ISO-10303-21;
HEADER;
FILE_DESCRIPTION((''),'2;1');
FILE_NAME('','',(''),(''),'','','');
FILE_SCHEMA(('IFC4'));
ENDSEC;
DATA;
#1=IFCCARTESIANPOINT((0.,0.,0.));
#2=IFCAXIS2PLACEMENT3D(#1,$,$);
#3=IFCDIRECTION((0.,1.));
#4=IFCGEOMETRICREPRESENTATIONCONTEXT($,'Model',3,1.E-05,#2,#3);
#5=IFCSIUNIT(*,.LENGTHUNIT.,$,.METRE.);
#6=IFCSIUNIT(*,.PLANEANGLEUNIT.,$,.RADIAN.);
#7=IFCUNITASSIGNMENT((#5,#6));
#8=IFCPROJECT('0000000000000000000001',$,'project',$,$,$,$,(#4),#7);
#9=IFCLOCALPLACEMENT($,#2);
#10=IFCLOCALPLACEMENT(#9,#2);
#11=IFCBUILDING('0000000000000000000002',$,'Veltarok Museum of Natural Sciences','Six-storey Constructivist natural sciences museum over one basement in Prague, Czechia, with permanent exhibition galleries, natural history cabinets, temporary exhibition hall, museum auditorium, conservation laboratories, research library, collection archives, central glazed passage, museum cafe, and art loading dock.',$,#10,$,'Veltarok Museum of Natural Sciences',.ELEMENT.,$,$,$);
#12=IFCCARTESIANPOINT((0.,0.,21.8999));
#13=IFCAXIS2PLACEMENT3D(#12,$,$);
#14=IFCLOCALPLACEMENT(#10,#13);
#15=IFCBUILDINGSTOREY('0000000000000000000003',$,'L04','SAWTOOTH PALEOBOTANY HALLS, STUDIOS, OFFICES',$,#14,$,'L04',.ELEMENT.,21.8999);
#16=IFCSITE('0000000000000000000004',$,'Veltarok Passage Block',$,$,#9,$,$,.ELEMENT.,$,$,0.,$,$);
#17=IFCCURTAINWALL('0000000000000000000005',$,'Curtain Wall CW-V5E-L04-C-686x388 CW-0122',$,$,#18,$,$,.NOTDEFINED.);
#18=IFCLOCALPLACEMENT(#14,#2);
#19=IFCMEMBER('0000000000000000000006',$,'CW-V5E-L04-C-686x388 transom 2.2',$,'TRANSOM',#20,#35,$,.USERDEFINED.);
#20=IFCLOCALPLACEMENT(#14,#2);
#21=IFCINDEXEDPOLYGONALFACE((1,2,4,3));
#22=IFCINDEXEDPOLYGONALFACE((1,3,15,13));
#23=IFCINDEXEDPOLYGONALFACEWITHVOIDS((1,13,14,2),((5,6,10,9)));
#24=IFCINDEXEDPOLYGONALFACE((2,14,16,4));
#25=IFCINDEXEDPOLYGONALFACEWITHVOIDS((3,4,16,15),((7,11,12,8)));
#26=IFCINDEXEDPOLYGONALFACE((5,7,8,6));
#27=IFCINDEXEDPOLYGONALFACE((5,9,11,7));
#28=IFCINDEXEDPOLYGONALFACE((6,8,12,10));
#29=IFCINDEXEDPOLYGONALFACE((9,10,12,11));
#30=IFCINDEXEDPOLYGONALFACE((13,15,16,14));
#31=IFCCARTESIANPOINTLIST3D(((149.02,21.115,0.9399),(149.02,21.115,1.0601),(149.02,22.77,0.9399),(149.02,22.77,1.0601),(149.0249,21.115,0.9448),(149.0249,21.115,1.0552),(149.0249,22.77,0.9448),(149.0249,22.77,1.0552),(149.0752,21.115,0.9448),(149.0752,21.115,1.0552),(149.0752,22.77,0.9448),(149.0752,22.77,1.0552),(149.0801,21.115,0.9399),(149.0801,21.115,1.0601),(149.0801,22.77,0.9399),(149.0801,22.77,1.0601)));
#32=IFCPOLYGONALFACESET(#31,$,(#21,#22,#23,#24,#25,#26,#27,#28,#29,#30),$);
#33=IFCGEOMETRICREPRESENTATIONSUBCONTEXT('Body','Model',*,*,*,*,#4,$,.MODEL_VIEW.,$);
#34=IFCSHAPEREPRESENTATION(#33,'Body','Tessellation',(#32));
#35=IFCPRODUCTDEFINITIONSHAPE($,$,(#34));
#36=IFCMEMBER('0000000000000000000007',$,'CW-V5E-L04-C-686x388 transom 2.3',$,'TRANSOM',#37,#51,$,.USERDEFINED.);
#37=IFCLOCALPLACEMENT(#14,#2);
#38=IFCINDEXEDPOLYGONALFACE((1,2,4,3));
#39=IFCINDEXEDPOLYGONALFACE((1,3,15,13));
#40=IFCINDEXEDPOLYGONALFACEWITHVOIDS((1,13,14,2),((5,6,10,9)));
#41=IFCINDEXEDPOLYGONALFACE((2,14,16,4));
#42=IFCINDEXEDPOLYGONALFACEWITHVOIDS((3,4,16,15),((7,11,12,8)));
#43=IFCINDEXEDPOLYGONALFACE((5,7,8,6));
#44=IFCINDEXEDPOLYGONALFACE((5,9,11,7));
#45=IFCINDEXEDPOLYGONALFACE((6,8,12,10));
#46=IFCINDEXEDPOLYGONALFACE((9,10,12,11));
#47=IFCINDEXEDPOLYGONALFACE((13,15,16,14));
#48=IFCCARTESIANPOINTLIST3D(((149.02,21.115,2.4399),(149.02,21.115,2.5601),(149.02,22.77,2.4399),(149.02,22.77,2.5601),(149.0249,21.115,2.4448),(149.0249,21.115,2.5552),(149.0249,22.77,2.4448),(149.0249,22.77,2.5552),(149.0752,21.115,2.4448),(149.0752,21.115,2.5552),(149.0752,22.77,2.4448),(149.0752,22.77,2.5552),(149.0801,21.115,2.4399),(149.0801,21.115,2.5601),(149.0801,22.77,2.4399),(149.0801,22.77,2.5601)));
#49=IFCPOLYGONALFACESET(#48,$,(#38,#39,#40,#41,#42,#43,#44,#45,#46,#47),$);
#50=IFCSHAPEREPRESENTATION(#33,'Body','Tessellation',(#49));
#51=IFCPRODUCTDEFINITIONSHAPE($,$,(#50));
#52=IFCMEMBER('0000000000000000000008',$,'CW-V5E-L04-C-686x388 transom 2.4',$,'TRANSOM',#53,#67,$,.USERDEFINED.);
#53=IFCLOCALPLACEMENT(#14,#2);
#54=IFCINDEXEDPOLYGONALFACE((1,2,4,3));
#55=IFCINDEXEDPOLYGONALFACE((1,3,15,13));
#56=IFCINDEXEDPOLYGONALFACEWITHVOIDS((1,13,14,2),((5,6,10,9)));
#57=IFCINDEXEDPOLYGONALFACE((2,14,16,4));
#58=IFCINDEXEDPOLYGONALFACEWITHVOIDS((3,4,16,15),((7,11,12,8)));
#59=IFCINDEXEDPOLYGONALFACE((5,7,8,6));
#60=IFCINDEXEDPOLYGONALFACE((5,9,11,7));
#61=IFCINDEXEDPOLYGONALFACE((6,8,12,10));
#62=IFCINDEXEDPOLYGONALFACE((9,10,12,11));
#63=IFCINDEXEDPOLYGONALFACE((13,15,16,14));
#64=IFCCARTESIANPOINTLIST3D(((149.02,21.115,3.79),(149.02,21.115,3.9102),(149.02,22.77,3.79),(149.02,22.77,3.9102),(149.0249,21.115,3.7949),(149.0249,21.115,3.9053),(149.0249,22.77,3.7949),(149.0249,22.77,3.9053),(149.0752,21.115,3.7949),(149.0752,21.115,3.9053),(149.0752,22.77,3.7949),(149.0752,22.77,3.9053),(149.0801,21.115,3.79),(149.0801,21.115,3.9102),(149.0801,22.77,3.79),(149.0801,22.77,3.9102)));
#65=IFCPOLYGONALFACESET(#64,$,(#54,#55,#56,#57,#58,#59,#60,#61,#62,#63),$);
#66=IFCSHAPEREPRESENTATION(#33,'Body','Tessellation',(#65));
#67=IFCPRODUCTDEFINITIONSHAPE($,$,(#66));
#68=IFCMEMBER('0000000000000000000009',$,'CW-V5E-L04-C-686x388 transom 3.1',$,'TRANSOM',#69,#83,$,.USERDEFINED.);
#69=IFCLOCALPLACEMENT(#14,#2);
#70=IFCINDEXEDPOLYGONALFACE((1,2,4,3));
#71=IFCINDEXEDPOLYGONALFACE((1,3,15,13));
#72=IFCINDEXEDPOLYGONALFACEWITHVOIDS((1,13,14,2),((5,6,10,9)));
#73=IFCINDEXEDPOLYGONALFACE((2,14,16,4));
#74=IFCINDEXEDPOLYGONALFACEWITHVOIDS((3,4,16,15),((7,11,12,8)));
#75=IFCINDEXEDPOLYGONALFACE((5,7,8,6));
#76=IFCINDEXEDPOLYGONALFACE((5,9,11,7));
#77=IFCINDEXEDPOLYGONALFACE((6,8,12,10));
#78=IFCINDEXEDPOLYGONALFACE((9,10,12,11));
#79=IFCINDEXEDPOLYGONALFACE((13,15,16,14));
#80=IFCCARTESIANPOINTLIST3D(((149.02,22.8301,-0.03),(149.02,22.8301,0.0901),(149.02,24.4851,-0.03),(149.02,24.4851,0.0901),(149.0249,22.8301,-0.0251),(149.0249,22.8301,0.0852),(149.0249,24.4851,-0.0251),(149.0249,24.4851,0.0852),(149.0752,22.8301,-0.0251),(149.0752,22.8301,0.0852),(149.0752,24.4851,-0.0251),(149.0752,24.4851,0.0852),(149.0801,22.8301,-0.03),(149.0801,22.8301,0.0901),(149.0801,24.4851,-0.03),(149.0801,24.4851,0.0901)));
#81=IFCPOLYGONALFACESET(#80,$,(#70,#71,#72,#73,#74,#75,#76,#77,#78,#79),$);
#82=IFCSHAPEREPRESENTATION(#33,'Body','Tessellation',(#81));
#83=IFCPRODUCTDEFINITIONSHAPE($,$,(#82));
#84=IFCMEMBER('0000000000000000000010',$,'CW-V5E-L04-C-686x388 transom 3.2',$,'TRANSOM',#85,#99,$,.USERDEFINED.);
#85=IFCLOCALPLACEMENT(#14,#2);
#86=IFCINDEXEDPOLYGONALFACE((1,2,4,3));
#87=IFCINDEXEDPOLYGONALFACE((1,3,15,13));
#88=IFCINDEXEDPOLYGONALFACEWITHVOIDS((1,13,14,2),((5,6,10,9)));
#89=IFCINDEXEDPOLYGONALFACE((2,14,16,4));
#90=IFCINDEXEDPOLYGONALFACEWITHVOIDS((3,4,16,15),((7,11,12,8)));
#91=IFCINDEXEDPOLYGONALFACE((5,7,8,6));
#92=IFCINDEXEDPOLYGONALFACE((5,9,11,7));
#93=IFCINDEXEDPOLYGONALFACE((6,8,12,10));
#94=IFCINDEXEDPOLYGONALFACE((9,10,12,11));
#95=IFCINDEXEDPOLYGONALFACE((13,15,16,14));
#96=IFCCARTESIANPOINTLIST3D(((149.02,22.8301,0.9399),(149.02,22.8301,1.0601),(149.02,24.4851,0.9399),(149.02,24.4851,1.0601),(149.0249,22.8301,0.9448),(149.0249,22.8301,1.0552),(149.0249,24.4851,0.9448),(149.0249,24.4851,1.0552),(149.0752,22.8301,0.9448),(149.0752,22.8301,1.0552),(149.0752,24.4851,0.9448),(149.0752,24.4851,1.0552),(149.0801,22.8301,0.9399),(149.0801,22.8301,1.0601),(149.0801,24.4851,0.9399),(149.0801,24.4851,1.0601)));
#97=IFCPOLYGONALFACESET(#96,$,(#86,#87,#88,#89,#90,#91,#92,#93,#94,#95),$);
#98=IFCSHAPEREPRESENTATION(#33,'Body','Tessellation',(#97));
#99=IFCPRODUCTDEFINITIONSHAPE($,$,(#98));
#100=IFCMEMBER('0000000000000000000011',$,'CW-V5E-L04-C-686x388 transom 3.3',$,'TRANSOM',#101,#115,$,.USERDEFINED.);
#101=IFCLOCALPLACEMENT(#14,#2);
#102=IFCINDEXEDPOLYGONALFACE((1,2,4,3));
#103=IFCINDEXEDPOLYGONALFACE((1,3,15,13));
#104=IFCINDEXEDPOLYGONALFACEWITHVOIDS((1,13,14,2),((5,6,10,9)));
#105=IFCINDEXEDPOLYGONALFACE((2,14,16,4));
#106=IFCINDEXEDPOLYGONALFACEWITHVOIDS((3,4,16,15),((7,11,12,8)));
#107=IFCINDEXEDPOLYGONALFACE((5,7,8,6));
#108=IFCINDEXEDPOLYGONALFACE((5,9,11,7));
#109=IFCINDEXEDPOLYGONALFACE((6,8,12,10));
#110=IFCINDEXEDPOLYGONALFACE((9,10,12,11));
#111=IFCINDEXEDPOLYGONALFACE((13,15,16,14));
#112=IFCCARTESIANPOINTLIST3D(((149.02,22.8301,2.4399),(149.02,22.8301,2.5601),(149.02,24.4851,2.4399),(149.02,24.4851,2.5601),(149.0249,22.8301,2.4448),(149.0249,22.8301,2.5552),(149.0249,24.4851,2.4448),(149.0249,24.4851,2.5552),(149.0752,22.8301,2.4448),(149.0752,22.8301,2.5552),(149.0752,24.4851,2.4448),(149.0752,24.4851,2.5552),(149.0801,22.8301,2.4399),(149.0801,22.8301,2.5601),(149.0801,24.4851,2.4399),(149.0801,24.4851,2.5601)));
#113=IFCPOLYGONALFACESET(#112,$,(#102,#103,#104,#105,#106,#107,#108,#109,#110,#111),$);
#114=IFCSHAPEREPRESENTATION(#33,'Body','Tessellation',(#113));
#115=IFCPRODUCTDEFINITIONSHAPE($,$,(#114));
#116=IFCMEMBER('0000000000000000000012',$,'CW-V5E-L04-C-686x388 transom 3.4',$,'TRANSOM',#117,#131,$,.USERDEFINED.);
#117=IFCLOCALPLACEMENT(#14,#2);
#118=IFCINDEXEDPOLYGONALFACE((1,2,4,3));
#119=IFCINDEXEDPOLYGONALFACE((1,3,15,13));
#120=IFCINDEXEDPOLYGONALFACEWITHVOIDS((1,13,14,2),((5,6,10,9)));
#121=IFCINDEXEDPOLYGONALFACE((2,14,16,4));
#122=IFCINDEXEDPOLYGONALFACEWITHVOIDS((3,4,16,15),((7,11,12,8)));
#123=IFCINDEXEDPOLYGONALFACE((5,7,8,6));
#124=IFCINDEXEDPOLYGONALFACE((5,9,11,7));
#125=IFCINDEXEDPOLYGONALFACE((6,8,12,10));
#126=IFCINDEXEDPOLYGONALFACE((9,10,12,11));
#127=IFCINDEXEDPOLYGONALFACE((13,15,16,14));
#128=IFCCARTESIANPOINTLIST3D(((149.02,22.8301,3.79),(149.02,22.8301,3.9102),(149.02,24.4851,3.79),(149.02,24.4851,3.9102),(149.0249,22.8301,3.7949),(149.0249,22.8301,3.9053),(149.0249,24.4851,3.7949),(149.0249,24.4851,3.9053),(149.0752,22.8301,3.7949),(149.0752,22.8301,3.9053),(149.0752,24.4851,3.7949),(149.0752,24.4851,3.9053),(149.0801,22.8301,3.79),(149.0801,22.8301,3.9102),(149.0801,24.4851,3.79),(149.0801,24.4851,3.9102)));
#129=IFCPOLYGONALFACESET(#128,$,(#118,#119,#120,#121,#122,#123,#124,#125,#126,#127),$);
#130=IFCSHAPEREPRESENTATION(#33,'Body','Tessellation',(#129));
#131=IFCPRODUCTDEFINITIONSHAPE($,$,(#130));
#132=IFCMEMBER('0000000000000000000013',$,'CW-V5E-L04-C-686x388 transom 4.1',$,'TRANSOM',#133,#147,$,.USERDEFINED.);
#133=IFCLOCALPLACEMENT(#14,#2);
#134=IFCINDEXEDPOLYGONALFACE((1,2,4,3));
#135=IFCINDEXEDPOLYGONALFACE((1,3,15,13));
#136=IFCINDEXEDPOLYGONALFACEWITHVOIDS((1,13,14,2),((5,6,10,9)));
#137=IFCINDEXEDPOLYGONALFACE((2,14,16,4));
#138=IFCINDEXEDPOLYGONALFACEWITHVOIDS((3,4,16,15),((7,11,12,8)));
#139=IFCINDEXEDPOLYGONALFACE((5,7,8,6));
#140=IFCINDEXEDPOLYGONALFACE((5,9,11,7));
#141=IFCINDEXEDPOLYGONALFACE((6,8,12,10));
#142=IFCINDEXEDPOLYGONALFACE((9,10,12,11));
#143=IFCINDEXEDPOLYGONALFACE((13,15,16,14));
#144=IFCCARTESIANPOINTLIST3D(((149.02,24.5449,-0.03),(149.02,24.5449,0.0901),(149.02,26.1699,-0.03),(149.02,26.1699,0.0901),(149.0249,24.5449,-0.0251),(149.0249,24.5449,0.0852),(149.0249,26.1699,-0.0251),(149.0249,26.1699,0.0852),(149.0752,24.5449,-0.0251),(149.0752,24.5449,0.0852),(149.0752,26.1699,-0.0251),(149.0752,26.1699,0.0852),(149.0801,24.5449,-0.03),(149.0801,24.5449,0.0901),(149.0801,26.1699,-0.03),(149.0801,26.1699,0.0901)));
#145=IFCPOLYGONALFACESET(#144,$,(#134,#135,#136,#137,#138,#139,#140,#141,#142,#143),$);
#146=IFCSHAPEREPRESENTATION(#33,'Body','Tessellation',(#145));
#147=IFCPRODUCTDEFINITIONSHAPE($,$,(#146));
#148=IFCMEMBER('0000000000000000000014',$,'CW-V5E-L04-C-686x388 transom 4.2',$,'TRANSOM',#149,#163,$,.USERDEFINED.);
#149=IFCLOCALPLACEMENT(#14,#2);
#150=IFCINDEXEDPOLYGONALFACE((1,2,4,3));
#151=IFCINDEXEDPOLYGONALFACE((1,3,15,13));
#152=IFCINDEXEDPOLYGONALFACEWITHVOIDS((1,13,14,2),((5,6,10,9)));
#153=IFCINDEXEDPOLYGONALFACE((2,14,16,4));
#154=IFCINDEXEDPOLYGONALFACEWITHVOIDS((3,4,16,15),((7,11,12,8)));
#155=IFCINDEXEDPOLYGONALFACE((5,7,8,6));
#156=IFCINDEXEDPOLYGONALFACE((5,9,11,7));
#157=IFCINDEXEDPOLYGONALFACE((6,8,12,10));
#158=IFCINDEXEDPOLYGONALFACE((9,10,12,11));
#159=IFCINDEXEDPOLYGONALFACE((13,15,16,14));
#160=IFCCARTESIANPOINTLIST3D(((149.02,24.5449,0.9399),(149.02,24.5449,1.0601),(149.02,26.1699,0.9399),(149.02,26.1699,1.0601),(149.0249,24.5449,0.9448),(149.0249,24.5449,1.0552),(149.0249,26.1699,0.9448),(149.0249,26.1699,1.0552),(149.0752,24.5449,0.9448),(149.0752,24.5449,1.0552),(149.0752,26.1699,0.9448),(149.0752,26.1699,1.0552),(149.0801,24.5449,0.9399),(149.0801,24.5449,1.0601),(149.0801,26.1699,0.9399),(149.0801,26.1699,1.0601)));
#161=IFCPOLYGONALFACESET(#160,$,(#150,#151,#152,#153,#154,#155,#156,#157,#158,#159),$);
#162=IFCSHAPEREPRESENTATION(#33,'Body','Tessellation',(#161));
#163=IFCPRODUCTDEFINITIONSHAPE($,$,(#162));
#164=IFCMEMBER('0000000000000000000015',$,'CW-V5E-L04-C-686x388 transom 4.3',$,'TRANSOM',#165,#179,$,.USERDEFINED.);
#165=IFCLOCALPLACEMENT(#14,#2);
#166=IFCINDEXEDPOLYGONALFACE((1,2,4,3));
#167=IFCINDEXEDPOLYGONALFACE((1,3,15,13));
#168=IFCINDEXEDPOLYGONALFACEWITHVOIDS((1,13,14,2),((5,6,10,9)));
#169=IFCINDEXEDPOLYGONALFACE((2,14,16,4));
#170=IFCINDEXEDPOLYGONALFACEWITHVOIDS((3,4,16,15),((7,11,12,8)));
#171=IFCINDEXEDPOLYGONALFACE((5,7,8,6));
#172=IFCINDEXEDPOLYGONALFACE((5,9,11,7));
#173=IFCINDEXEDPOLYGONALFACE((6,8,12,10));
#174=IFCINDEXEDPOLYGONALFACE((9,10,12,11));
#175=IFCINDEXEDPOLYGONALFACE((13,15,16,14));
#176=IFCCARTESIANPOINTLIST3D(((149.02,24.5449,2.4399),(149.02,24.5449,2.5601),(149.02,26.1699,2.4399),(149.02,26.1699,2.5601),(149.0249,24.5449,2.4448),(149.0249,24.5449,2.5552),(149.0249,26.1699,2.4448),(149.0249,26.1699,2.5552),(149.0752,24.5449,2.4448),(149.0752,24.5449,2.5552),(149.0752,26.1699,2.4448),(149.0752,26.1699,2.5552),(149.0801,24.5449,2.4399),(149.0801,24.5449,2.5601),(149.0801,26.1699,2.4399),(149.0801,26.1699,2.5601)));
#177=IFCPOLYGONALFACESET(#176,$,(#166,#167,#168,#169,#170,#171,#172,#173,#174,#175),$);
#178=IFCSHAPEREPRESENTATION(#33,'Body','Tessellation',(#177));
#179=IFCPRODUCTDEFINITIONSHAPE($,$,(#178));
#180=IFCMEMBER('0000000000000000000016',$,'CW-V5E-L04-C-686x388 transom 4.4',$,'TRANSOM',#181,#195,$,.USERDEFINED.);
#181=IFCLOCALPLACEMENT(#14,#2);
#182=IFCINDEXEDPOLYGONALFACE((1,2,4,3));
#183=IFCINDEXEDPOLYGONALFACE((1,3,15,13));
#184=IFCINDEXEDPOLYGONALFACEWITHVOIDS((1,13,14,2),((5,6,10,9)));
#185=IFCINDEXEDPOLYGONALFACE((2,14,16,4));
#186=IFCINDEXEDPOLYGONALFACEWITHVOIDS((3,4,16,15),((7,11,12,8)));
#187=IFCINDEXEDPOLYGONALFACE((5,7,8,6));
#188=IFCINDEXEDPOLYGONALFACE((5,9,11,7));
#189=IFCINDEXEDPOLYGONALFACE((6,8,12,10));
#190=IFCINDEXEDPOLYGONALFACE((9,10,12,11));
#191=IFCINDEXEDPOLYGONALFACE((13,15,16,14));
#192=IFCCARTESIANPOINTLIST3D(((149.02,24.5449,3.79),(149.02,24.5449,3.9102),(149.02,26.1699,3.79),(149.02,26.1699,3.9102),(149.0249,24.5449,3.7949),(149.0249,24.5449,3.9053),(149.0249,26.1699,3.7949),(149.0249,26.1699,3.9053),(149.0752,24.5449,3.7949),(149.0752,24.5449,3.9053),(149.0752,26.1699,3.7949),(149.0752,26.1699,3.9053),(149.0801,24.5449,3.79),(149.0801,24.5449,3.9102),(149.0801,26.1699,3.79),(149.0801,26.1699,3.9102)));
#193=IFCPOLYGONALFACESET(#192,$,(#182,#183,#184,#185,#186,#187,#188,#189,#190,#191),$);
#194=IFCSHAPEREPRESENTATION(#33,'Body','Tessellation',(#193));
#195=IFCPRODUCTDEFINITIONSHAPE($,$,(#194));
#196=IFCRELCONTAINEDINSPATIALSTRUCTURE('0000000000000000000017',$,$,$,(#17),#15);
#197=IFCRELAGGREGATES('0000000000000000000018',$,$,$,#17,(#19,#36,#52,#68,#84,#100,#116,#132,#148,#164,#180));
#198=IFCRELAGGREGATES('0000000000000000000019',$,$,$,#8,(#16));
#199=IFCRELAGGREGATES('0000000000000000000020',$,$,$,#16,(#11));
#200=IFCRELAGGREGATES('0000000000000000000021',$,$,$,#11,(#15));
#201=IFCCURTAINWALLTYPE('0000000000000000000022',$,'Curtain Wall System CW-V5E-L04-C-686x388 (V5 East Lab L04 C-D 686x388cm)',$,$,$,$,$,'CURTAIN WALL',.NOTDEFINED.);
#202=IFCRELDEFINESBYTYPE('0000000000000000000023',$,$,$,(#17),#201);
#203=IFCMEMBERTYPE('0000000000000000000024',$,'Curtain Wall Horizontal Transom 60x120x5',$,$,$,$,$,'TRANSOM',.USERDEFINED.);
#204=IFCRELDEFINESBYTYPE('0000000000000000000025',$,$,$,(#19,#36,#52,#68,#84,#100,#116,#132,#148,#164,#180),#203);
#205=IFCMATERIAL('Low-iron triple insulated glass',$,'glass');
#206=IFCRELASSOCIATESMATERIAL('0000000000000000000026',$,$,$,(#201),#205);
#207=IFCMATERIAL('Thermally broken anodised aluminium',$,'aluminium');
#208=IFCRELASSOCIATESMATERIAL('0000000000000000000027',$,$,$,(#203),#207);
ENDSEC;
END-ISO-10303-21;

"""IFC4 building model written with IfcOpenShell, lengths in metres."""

from ifc_helpers import new_model, si_unit, direction, frame, origin, origin_2d, place, context, subcontext, project, spatial, hollow_rectangle, extrude, material, material_profile, profile_set, type_object, element, aggregate, save


model = new_model("IFC4")

# Units and contexts
model_context = context("Model", 3, precision=1e-05, world=origin(), true_north=direction((0.0, 1.0)))
body_context = subcontext(model_context, "Body", "Model", "MODEL_VIEW")
ifc_project = project(units=[si_unit("LENGTHUNIT", "METRE"), si_unit("PLANEANGLEUNIT", "RADIAN")], contexts=[model_context])

# Site, building, storey
site_placement = place(None, origin())
site = spatial("IfcSite", under=ifc_project, at=site_placement, Name="Veltarok Passage Block", CompositionType="ELEMENT", RefElevation=0.0)
building_placement = place(site_placement, origin())
building = spatial("IfcBuilding", under=site, at=building_placement, Name="Veltarok Museum of Natural Sciences", Description="Six-storey Constructivist natural sciences museum over one basement in Prague, Czechia, with permanent exhibition galleries, natural history cabinets, temporary exhibition hall, museum auditorium, conservation laboratories, research library, collection archives, central glazed passage, museum cafe, and art loading dock.", LongName="Veltarok Museum of Natural Sciences", CompositionType="ELEMENT")
storey_placement = place(building_placement, frame((0.0, 0.0, 21.8999)))
storey = spatial("IfcBuildingStorey", under=building, at=storey_placement, Name="L04", Description="SAWTOOTH PALEOBOTANY HALLS, STUDIOS, OFFICES", LongName="L04", CompositionType="ELEMENT", Elevation=21.8999)

# Curtain wall, members
ifc_material_1 = material(Name="Low-iron triple insulated glass", Category="glass")
curtain_wall_type_1 = type_object("IfcCurtainWallType", Name="Curtain Wall System CW-V5E-L04-C-686x388 (V5 East Lab L04 C-D 686x388cm)", ElementType="CURTAIN WALL", PredefinedType="NOTDEFINED", material=ifc_material_1)
curtain_wall_1_placement = place(storey_placement, origin())
curtain_wall_1 = element("IfcCurtainWall", 1, at=curtain_wall_1_placement, inside=storey, type_object=curtain_wall_type_1, Name="Curtain Wall CW-V5E-L04-C-686x388 CW-0122", PredefinedType="NOTDEFINED")
ifc_material_2 = material(Name="Thermally broken anodised aluminium", Category="aluminium")
ifc_material_profile_1 = material_profile(ifc_material_2, hollow_rectangle(XDim=0.0601, YDim=0.1201, WallThickness=0.0049, at=origin_2d()), Name="CW TRANSOM 60x120x5")
ifc_profile_set_1 = profile_set([ifc_material_profile_1], Name="Thermally broken anodised aluminium")
member_type_1 = type_object("IfcMemberType", Name="Curtain Wall Horizontal Transom 60x120x5", ElementType="TRANSOM", PredefinedType="USERDEFINED", material=ifc_profile_set_1)
member_1_placement = place(storey_placement, frame((149.05, 21.115, 1.0), z_axis=(0.0, 1.0, 0.0), x_axis=(-1.0, 0.0, 0.0)))
member_1 = element("IfcMember", 2, at=member_1_placement, type_object=member_type_1, Name="CW-V5E-L04-C-686x388 transom 2.2", ObjectType="TRANSOM", PredefinedType="USERDEFINED", context=body_context, shape_type="SweptSolid", body=[
    extrude(hollow_rectangle(XDim=0.0601, YDim=0.1201, WallThickness=0.0049, at=origin_2d()), origin(), (0.0, 0.0, 1.0), 1.655),
])
member_2_placement = place(storey_placement, frame((149.05, 21.115, 2.5), z_axis=(0.0, 1.0, 0.0), x_axis=(-1.0, 0.0, 0.0)))
member_2 = element("IfcMember", 3, at=member_2_placement, type_object=member_type_1, Name="CW-V5E-L04-C-686x388 transom 2.3", ObjectType="TRANSOM", PredefinedType="USERDEFINED", context=body_context, shape_type="SweptSolid", body=[
    extrude(hollow_rectangle(XDim=0.0601, YDim=0.1201, WallThickness=0.0049, at=origin_2d()), origin(), (0.0, 0.0, 1.0), 1.655),
])
member_3_placement = place(storey_placement, frame((149.05, 21.115, 3.8501), z_axis=(0.0, 1.0, 0.0), x_axis=(-1.0, 0.0, 0.0)))
member_3 = element("IfcMember", 4, at=member_3_placement, type_object=member_type_1, Name="CW-V5E-L04-C-686x388 transom 2.4", ObjectType="TRANSOM", PredefinedType="USERDEFINED", context=body_context, shape_type="SweptSolid", body=[
    extrude(hollow_rectangle(XDim=0.0601, YDim=0.1201, WallThickness=0.0049, at=origin_2d()), origin(), (0.0, 0.0, 1.0), 1.655),
])
member_4_placement = place(storey_placement, frame((149.05, 22.8301, 0.03), z_axis=(0.0, 1.0, 0.0), x_axis=(-1.0, 0.0, 0.0)))
member_4 = element("IfcMember", 5, at=member_4_placement, type_object=member_type_1, Name="CW-V5E-L04-C-686x388 transom 3.1", ObjectType="TRANSOM", PredefinedType="USERDEFINED", context=body_context, shape_type="SweptSolid", body=[
    extrude(hollow_rectangle(XDim=0.0601, YDim=0.1201, WallThickness=0.0049, at=origin_2d()), origin(), (0.0, 0.0, 1.0), 1.655),
])
member_5_placement = place(storey_placement, frame((149.05, 22.8301, 1.0), z_axis=(0.0, 1.0, 0.0), x_axis=(-1.0, 0.0, 0.0)))
member_5 = element("IfcMember", 6, at=member_5_placement, type_object=member_type_1, Name="CW-V5E-L04-C-686x388 transom 3.2", ObjectType="TRANSOM", PredefinedType="USERDEFINED", context=body_context, shape_type="SweptSolid", body=[
    extrude(hollow_rectangle(XDim=0.0601, YDim=0.1201, WallThickness=0.0049, at=origin_2d()), origin(), (0.0, 0.0, 1.0), 1.655),
])
member_6_placement = place(storey_placement, frame((149.05, 22.8301, 2.5), z_axis=(0.0, 1.0, 0.0), x_axis=(-1.0, 0.0, 0.0)))
member_6 = element("IfcMember", 7, at=member_6_placement, type_object=member_type_1, Name="CW-V5E-L04-C-686x388 transom 3.3", ObjectType="TRANSOM", PredefinedType="USERDEFINED", context=body_context, shape_type="SweptSolid", body=[
    extrude(hollow_rectangle(XDim=0.0601, YDim=0.1201, WallThickness=0.0049, at=origin_2d()), origin(), (0.0, 0.0, 1.0), 1.655),
])
member_7_placement = place(storey_placement, frame((149.05, 22.8301, 3.8501), z_axis=(0.0, 1.0, 0.0), x_axis=(-1.0, 0.0, 0.0)))
member_7 = element("IfcMember", 8, at=member_7_placement, type_object=member_type_1, Name="CW-V5E-L04-C-686x388 transom 3.4", ObjectType="TRANSOM", PredefinedType="USERDEFINED", context=body_context, shape_type="SweptSolid", body=[
    extrude(hollow_rectangle(XDim=0.0601, YDim=0.1201, WallThickness=0.0049, at=origin_2d()), origin(), (0.0, 0.0, 1.0), 1.655),
])
member_8_placement = place(storey_placement, frame((149.05, 24.5449, 0.03), z_axis=(0.0, 1.0, 0.0), x_axis=(-1.0, 0.0, 0.0)))
member_8 = element("IfcMember", 9, at=member_8_placement, type_object=member_type_1, Name="CW-V5E-L04-C-686x388 transom 4.1", ObjectType="TRANSOM", PredefinedType="USERDEFINED", context=body_context, shape_type="SweptSolid", body=[
    extrude(hollow_rectangle(XDim=0.0601, YDim=0.1201, WallThickness=0.0049, at=origin_2d()), origin(), (0.0, 0.0, 1.0), 1.625),
])
member_9_placement = place(storey_placement, frame((149.05, 24.5449, 1.0), z_axis=(0.0, 1.0, 0.0), x_axis=(-1.0, 0.0, 0.0)))
member_9 = element("IfcMember", 10, at=member_9_placement, type_object=member_type_1, Name="CW-V5E-L04-C-686x388 transom 4.2", ObjectType="TRANSOM", PredefinedType="USERDEFINED", context=body_context, shape_type="SweptSolid", body=[
    extrude(hollow_rectangle(XDim=0.0601, YDim=0.1201, WallThickness=0.0049, at=origin_2d()), origin(), (0.0, 0.0, 1.0), 1.625),
])
member_10_placement = place(storey_placement, frame((149.05, 24.5449, 2.5), z_axis=(0.0, 1.0, 0.0), x_axis=(-1.0, 0.0, 0.0)))
member_10 = element("IfcMember", 11, at=member_10_placement, type_object=member_type_1, Name="CW-V5E-L04-C-686x388 transom 4.3", ObjectType="TRANSOM", PredefinedType="USERDEFINED", context=body_context, shape_type="SweptSolid", body=[
    extrude(hollow_rectangle(XDim=0.0601, YDim=0.1201, WallThickness=0.0049, at=origin_2d()), origin(), (0.0, 0.0, 1.0), 1.625),
])
member_11_placement = place(storey_placement, frame((149.05, 24.5449, 3.8501), z_axis=(0.0, 1.0, 0.0), x_axis=(-1.0, 0.0, 0.0)))
member_11 = element("IfcMember", 12, at=member_11_placement, type_object=member_type_1, Name="CW-V5E-L04-C-686x388 transom 4.4", ObjectType="TRANSOM", PredefinedType="USERDEFINED", context=body_context, shape_type="SweptSolid", body=[
    extrude(hollow_rectangle(XDim=0.0601, YDim=0.1201, WallThickness=0.0049, at=origin_2d()), origin(), (0.0, 0.0, 1.0), 1.625),
])

aggregate(curtain_wall_1, [member_1, member_2, member_3, member_4, member_5, member_6, member_7, member_8, member_9, member_10, member_11])

save(model, "model.ifc")
